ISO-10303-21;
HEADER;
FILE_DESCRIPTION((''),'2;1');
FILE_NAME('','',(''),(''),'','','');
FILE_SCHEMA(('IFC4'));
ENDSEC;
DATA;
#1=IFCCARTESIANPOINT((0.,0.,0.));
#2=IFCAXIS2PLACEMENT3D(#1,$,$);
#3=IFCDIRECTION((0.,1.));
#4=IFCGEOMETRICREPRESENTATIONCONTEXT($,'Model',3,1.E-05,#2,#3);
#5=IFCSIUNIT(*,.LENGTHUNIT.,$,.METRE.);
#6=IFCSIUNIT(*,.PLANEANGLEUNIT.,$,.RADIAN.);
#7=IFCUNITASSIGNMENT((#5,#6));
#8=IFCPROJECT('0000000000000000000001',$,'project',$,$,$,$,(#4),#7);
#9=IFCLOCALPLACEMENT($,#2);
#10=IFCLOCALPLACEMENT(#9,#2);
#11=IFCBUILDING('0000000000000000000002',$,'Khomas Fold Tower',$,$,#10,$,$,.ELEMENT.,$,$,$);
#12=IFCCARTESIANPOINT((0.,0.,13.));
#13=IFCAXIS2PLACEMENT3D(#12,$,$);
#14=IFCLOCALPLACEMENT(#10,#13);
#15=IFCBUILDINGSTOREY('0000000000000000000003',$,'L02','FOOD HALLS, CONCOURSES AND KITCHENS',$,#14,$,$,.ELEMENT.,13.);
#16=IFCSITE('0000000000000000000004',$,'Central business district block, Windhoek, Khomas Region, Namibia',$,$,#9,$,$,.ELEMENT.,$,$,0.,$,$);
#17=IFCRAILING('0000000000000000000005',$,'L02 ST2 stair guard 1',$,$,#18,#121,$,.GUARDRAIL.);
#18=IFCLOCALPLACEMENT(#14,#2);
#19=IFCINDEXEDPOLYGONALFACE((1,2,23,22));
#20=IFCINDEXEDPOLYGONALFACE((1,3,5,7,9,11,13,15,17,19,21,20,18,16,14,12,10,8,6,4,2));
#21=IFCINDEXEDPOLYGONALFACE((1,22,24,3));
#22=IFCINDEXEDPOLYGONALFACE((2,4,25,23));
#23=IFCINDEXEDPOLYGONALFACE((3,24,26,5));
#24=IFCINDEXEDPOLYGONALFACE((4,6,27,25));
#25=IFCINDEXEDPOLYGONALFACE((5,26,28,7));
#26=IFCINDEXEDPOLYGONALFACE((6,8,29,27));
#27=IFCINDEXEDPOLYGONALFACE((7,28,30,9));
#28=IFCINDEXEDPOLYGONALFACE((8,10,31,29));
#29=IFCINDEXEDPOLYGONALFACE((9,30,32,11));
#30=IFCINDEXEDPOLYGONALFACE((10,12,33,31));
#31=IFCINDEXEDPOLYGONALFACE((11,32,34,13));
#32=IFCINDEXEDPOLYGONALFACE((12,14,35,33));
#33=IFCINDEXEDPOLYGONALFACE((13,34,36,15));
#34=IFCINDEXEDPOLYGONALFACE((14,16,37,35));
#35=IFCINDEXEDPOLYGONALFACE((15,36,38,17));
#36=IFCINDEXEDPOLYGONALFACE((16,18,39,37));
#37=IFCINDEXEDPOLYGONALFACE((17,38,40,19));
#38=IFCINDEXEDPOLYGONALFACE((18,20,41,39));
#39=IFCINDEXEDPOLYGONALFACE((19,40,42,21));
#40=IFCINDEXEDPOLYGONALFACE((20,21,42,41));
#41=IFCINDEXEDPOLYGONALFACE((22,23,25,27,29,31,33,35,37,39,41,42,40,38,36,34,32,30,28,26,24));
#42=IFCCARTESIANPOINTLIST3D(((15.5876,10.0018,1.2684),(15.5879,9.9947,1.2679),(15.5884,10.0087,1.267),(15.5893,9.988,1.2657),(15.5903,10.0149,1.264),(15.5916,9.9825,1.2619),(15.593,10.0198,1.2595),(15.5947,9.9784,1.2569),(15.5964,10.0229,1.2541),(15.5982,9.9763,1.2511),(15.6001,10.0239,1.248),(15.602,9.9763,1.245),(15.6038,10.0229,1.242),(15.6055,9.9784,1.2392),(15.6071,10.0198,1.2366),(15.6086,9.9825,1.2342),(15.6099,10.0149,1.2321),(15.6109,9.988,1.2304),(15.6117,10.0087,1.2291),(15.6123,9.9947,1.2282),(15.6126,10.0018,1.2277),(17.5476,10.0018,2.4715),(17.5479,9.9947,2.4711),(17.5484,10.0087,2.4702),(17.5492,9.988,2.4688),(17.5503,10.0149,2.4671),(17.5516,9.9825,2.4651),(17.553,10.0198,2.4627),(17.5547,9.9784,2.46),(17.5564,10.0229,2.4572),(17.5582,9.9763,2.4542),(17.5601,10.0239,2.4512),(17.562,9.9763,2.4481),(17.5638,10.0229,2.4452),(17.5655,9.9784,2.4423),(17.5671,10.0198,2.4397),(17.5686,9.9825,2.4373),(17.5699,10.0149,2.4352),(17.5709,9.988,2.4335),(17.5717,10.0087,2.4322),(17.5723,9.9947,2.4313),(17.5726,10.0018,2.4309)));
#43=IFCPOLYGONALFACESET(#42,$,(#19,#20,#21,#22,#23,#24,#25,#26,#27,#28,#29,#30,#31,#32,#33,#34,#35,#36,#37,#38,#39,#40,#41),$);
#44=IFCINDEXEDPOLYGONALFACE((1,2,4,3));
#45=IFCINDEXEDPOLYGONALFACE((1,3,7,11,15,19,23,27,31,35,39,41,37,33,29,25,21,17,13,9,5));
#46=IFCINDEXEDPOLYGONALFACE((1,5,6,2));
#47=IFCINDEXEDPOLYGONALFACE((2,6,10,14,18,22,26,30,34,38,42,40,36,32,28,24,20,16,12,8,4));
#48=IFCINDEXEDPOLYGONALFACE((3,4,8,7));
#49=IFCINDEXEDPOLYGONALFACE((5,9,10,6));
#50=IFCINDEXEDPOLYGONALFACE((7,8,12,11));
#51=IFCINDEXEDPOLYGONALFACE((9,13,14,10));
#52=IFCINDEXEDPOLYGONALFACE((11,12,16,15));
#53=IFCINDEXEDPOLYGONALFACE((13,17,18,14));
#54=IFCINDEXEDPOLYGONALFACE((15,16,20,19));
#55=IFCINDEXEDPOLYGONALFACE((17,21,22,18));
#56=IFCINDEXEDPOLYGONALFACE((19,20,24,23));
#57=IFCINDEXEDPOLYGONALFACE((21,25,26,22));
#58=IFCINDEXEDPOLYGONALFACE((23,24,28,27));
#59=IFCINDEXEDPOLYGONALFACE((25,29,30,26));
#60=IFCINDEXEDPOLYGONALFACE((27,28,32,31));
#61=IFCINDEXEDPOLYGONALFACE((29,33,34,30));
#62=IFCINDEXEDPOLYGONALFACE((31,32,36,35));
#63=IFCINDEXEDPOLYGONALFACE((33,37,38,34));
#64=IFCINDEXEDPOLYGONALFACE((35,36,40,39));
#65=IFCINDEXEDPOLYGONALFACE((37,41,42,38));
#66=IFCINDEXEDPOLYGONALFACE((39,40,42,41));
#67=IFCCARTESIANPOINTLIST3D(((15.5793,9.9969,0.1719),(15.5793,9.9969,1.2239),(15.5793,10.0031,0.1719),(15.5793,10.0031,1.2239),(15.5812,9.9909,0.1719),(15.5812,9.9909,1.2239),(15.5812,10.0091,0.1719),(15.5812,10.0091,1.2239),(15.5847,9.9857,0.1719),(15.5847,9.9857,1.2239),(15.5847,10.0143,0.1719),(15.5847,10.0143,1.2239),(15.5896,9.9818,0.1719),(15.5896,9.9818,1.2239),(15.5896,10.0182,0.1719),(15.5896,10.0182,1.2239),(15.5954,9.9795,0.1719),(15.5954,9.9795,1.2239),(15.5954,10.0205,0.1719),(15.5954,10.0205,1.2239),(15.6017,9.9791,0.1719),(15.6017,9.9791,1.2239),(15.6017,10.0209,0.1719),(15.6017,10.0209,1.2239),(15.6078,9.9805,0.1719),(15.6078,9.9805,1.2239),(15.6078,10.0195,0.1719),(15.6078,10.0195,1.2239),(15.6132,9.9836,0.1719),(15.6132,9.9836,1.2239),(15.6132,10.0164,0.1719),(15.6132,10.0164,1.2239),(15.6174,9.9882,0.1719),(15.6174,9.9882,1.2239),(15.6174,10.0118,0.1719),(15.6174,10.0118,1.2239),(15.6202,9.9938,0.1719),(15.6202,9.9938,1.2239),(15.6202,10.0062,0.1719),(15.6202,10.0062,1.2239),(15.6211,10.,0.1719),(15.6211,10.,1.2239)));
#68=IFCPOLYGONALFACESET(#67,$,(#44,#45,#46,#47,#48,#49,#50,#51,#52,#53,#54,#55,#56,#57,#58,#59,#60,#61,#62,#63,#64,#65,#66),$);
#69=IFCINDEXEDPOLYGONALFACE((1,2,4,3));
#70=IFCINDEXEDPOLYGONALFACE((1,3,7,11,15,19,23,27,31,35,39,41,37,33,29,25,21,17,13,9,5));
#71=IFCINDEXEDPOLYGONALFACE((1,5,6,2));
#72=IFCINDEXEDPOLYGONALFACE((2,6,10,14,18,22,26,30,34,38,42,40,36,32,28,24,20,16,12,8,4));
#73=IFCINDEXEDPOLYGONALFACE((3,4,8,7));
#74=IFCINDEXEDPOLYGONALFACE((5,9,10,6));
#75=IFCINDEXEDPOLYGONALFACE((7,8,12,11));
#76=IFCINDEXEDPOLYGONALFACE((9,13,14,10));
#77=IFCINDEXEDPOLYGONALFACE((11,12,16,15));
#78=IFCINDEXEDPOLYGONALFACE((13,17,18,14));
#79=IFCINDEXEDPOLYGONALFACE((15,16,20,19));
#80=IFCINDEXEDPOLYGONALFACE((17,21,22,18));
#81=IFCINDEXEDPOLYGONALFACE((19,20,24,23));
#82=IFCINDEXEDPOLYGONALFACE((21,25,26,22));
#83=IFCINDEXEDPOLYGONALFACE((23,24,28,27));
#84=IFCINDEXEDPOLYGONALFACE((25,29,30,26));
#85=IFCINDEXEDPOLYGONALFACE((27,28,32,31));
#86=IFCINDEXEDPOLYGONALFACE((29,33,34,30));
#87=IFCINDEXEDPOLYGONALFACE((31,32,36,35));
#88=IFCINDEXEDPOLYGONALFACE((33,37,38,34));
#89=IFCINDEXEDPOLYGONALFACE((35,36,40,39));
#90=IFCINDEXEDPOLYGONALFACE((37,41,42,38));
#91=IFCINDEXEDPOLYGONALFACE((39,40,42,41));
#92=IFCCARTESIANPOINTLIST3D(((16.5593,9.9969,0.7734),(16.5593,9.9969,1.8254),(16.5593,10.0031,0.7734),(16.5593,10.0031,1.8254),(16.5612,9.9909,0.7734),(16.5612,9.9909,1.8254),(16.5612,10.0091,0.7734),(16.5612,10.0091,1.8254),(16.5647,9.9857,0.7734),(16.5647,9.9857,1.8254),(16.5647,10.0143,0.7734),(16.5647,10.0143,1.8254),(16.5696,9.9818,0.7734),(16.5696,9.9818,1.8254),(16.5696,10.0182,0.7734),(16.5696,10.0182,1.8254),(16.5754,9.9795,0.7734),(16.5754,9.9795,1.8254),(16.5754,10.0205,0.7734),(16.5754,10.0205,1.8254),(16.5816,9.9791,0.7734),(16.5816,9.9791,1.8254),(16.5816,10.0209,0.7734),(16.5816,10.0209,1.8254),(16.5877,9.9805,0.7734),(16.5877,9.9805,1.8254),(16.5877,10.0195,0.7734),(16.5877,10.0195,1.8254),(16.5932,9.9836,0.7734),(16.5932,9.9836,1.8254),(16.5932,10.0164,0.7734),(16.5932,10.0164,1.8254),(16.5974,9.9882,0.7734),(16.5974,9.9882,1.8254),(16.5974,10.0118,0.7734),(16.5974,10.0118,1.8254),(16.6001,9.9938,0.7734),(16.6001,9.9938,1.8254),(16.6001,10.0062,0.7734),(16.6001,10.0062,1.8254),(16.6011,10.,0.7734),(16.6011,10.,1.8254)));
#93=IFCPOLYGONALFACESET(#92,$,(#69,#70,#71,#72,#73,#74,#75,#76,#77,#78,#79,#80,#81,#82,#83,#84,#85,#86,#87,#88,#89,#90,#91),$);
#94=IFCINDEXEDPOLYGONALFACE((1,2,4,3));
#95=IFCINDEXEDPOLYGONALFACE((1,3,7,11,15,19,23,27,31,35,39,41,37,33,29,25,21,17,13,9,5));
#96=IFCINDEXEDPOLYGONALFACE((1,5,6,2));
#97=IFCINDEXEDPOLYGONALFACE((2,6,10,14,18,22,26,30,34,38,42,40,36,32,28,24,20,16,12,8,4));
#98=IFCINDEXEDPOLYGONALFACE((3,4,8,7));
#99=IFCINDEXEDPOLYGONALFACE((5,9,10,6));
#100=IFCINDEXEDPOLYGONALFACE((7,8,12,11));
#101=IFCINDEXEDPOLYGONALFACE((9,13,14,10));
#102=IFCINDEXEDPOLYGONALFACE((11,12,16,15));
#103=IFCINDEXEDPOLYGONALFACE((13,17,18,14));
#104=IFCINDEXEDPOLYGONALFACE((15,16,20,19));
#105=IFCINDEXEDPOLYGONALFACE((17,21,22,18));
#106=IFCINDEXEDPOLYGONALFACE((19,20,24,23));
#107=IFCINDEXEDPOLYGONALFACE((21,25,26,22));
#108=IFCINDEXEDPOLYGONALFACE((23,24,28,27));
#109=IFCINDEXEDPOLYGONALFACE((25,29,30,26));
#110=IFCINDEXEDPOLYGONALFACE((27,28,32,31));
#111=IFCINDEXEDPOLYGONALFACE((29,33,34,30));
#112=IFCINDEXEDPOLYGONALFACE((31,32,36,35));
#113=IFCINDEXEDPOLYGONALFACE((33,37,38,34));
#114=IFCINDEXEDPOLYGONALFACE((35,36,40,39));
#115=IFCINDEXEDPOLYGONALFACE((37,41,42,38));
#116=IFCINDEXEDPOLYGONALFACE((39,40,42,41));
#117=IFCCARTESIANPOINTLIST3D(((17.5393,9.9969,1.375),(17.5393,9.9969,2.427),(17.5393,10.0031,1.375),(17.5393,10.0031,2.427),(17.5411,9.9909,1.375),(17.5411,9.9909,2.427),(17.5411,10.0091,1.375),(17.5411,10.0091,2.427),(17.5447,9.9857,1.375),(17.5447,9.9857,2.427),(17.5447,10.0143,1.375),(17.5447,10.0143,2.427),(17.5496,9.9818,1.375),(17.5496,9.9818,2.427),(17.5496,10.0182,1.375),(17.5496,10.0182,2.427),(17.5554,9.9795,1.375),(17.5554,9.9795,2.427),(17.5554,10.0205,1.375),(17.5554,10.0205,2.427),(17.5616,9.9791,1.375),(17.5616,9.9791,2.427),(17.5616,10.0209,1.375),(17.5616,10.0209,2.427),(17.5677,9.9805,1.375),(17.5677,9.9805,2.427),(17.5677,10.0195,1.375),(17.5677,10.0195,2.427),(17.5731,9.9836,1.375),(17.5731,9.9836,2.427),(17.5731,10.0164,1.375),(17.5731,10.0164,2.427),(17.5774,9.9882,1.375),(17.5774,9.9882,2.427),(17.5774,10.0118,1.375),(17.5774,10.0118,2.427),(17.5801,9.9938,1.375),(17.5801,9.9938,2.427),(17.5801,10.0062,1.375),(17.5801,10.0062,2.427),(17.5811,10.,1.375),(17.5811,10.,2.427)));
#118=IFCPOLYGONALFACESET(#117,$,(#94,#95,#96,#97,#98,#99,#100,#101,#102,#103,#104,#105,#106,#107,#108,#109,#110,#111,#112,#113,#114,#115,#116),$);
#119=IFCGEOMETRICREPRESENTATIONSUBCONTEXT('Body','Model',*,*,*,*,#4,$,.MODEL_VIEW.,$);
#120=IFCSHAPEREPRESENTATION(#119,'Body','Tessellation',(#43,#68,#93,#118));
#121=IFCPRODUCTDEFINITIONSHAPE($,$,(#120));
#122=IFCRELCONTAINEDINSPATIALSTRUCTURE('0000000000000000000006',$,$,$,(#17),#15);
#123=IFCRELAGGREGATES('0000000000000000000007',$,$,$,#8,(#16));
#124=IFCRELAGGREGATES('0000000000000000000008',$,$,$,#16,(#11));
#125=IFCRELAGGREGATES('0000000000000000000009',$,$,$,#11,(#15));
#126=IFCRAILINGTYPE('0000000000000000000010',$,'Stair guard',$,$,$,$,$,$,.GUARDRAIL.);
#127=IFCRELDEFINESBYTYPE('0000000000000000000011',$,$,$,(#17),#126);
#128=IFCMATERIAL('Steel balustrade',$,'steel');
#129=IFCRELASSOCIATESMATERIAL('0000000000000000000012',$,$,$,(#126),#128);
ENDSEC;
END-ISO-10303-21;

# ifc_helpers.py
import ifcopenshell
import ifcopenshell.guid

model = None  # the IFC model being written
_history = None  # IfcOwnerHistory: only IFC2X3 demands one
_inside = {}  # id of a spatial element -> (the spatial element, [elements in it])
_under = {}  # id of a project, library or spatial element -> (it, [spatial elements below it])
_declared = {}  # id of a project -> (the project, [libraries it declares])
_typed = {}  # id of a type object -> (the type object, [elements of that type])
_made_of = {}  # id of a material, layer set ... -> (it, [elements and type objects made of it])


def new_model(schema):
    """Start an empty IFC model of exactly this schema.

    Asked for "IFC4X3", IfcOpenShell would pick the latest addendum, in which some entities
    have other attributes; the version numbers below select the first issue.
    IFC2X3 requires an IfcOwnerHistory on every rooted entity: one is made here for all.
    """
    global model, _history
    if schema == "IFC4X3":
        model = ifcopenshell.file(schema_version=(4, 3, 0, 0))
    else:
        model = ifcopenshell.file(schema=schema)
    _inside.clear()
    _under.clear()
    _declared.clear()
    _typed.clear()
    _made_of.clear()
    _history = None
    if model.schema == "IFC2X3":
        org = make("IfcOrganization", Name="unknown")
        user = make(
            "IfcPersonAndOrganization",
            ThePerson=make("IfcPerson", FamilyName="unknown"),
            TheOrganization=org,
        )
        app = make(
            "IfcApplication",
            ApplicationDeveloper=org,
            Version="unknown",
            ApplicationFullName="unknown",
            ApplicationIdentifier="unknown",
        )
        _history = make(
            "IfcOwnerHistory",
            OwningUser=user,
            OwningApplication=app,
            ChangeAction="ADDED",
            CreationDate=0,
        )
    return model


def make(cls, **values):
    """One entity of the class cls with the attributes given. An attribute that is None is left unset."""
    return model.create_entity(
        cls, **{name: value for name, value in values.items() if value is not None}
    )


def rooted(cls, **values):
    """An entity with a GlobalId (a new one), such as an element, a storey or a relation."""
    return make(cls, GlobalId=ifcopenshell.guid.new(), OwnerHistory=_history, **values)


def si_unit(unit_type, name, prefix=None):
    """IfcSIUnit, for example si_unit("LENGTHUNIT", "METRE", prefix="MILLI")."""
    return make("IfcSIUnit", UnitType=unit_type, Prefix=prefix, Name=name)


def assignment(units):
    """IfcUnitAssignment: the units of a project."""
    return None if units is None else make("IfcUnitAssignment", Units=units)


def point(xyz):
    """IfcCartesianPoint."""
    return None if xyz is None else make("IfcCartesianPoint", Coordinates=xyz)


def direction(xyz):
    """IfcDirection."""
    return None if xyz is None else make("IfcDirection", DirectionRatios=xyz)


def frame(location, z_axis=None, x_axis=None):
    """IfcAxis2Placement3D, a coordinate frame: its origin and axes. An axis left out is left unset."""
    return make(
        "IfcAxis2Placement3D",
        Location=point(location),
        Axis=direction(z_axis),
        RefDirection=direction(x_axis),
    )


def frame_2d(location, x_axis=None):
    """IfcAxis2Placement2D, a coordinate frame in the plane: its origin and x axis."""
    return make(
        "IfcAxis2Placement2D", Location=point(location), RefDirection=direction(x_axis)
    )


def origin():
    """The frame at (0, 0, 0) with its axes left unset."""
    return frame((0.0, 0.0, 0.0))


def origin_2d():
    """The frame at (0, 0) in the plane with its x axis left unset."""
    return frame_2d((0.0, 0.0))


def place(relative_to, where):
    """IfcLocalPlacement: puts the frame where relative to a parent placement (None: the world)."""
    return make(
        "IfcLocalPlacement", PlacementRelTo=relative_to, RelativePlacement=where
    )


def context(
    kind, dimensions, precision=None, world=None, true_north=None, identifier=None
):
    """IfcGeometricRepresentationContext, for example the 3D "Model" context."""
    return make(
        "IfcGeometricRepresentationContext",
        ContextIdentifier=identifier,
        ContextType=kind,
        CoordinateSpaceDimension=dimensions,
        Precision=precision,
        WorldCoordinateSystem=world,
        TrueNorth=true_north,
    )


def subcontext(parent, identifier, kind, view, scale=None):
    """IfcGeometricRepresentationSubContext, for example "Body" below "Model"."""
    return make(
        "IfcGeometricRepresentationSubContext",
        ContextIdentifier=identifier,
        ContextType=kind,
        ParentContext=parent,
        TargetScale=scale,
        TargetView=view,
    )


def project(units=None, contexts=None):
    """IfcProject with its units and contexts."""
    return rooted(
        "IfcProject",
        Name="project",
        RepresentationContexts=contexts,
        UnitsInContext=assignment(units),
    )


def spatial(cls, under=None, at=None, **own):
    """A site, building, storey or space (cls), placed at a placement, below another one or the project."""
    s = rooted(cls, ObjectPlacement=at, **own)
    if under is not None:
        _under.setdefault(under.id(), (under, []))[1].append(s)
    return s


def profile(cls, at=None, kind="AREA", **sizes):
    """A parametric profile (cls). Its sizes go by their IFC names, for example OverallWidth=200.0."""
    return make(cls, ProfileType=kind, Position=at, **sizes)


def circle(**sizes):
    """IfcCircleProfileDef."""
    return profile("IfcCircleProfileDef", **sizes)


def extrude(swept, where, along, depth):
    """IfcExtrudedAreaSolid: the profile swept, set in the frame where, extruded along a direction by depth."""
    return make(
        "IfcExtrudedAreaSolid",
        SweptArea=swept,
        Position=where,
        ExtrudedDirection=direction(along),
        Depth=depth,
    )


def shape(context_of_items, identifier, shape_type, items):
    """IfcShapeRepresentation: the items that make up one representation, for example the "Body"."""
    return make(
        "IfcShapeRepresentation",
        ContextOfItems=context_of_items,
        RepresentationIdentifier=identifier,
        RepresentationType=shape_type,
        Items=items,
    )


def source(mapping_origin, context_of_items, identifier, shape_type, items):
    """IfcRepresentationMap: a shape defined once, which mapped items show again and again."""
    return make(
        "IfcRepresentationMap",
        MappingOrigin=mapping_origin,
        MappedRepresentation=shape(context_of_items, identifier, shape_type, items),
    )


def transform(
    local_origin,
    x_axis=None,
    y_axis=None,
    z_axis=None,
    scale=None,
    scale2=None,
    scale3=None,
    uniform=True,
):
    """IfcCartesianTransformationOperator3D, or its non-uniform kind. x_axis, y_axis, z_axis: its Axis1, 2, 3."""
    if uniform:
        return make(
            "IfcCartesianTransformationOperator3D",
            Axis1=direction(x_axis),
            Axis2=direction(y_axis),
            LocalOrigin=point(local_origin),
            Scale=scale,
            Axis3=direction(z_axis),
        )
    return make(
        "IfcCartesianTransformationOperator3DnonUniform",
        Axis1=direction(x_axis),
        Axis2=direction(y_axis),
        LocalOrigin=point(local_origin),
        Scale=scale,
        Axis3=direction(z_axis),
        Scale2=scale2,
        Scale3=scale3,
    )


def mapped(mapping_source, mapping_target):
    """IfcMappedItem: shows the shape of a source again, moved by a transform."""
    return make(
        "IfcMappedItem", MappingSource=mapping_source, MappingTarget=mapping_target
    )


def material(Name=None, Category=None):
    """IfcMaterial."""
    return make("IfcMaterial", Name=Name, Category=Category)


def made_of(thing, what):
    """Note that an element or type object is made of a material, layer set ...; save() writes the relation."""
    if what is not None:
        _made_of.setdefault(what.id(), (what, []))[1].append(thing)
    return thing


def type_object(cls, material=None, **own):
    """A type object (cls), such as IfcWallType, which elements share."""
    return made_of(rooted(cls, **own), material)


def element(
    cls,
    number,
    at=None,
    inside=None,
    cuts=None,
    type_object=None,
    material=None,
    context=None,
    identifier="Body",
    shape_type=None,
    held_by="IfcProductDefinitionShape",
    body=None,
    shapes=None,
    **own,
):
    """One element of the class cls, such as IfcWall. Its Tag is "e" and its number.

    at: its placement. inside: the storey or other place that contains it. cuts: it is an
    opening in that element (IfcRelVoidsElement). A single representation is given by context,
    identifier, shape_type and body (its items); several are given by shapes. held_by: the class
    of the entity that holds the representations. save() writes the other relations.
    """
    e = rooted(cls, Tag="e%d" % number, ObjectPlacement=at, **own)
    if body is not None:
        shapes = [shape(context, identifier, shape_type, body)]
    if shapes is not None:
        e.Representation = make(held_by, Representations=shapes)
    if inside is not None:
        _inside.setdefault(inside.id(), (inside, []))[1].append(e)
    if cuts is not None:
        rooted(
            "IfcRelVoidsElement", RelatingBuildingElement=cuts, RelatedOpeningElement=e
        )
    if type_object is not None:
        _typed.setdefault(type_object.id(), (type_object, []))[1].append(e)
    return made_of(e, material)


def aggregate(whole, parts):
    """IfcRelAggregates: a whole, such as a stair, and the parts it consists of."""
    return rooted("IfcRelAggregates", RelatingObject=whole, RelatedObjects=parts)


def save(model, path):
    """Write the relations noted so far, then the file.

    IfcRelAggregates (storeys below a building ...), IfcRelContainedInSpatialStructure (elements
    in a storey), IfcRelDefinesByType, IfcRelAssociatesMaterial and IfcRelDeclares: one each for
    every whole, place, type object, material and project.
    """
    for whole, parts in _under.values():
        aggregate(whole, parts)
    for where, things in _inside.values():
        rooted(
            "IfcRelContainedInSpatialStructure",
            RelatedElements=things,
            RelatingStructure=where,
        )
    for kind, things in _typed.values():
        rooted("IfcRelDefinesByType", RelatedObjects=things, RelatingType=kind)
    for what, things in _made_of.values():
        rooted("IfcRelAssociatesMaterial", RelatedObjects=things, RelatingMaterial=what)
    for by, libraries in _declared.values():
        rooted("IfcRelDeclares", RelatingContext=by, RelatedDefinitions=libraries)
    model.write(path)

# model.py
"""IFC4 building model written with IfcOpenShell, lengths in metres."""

from ifc_helpers import new_model, si_unit, direction, frame, origin, origin_2d, place, context, subcontext, project, spatial, circle, extrude, source, transform, mapped, material, type_object, element, save


model = new_model("IFC4")

# Units and contexts
model_context = context("Model", 3, precision=1e-05, world=origin(), true_north=direction((0.0, 1.0)))
body_context = subcontext(model_context, "Body", "Model", "MODEL_VIEW")
ifc_project = project(units=[si_unit("LENGTHUNIT", "METRE"), si_unit("PLANEANGLEUNIT", "RADIAN")], contexts=[model_context])

# Site, building, storey
site_placement = place(None, origin())
site = spatial("IfcSite", under=ifc_project, at=site_placement, Name="Central business district block, Windhoek, Khomas Region, Namibia", CompositionType="ELEMENT", RefElevation=0.0)
building_placement = place(site_placement, origin())
building = spatial("IfcBuilding", under=site, at=building_placement, Name="Khomas Fold Tower", CompositionType="ELEMENT")
storey_placement = place(building_placement, frame((0.0, 0.0, 13.0)))
storey = spatial("IfcBuildingStorey", under=building, at=storey_placement, Name="L02", Description="FOOD HALLS, CONCOURSES AND KITCHENS", CompositionType="ELEMENT", Elevation=13.0)

# Railing
ifc_material_1 = material(Name="Steel balustrade", Category="steel")
railing_type_1 = type_object("IfcRailingType", Name="Stair guard", PredefinedType="GUARDRAIL", material=ifc_material_1)
shared_shape_1 = source(origin(), body_context, "Body", "SweptSolid", [
    extrude(circle(Radius=0.0239, at=origin_2d()), frame((0.0, 0.0, 1.0762), z_axis=(0.852241, 0.0, 0.523149), x_axis=(0.0, 1.0, 0.0)), (0.0, 0.0, 1.0), 2.2998),
    extrude(circle(Radius=0.021, at=origin_2d()), origin(), (0.0, 0.0, 1.0), 1.052),
    extrude(circle(Radius=0.021, at=origin_2d()), frame((0.98, 0.0, 0.6016)), (0.0, 0.0, 1.0), 1.052),
    extrude(circle(Radius=0.021, at=origin_2d()), frame((1.96, 0.0, 1.2031)), (0.0, 0.0, 1.0), 1.052),
])
for number, where, name in (
    (1, (15.6001, 10.0, 0.1719), "L02 ST2 stair guard 1"),
):
    element("IfcRailing", number, at=place(storey_placement, frame(where)), inside=storey, type_object=railing_type_1, Name=name, PredefinedType="GUARDRAIL", context=body_context, shape_type="MappedRepresentation", body=[
        mapped(shared_shape_1, transform((0.0, 0.0, 0.0))),
    ])

save(model, "model.ifc")
